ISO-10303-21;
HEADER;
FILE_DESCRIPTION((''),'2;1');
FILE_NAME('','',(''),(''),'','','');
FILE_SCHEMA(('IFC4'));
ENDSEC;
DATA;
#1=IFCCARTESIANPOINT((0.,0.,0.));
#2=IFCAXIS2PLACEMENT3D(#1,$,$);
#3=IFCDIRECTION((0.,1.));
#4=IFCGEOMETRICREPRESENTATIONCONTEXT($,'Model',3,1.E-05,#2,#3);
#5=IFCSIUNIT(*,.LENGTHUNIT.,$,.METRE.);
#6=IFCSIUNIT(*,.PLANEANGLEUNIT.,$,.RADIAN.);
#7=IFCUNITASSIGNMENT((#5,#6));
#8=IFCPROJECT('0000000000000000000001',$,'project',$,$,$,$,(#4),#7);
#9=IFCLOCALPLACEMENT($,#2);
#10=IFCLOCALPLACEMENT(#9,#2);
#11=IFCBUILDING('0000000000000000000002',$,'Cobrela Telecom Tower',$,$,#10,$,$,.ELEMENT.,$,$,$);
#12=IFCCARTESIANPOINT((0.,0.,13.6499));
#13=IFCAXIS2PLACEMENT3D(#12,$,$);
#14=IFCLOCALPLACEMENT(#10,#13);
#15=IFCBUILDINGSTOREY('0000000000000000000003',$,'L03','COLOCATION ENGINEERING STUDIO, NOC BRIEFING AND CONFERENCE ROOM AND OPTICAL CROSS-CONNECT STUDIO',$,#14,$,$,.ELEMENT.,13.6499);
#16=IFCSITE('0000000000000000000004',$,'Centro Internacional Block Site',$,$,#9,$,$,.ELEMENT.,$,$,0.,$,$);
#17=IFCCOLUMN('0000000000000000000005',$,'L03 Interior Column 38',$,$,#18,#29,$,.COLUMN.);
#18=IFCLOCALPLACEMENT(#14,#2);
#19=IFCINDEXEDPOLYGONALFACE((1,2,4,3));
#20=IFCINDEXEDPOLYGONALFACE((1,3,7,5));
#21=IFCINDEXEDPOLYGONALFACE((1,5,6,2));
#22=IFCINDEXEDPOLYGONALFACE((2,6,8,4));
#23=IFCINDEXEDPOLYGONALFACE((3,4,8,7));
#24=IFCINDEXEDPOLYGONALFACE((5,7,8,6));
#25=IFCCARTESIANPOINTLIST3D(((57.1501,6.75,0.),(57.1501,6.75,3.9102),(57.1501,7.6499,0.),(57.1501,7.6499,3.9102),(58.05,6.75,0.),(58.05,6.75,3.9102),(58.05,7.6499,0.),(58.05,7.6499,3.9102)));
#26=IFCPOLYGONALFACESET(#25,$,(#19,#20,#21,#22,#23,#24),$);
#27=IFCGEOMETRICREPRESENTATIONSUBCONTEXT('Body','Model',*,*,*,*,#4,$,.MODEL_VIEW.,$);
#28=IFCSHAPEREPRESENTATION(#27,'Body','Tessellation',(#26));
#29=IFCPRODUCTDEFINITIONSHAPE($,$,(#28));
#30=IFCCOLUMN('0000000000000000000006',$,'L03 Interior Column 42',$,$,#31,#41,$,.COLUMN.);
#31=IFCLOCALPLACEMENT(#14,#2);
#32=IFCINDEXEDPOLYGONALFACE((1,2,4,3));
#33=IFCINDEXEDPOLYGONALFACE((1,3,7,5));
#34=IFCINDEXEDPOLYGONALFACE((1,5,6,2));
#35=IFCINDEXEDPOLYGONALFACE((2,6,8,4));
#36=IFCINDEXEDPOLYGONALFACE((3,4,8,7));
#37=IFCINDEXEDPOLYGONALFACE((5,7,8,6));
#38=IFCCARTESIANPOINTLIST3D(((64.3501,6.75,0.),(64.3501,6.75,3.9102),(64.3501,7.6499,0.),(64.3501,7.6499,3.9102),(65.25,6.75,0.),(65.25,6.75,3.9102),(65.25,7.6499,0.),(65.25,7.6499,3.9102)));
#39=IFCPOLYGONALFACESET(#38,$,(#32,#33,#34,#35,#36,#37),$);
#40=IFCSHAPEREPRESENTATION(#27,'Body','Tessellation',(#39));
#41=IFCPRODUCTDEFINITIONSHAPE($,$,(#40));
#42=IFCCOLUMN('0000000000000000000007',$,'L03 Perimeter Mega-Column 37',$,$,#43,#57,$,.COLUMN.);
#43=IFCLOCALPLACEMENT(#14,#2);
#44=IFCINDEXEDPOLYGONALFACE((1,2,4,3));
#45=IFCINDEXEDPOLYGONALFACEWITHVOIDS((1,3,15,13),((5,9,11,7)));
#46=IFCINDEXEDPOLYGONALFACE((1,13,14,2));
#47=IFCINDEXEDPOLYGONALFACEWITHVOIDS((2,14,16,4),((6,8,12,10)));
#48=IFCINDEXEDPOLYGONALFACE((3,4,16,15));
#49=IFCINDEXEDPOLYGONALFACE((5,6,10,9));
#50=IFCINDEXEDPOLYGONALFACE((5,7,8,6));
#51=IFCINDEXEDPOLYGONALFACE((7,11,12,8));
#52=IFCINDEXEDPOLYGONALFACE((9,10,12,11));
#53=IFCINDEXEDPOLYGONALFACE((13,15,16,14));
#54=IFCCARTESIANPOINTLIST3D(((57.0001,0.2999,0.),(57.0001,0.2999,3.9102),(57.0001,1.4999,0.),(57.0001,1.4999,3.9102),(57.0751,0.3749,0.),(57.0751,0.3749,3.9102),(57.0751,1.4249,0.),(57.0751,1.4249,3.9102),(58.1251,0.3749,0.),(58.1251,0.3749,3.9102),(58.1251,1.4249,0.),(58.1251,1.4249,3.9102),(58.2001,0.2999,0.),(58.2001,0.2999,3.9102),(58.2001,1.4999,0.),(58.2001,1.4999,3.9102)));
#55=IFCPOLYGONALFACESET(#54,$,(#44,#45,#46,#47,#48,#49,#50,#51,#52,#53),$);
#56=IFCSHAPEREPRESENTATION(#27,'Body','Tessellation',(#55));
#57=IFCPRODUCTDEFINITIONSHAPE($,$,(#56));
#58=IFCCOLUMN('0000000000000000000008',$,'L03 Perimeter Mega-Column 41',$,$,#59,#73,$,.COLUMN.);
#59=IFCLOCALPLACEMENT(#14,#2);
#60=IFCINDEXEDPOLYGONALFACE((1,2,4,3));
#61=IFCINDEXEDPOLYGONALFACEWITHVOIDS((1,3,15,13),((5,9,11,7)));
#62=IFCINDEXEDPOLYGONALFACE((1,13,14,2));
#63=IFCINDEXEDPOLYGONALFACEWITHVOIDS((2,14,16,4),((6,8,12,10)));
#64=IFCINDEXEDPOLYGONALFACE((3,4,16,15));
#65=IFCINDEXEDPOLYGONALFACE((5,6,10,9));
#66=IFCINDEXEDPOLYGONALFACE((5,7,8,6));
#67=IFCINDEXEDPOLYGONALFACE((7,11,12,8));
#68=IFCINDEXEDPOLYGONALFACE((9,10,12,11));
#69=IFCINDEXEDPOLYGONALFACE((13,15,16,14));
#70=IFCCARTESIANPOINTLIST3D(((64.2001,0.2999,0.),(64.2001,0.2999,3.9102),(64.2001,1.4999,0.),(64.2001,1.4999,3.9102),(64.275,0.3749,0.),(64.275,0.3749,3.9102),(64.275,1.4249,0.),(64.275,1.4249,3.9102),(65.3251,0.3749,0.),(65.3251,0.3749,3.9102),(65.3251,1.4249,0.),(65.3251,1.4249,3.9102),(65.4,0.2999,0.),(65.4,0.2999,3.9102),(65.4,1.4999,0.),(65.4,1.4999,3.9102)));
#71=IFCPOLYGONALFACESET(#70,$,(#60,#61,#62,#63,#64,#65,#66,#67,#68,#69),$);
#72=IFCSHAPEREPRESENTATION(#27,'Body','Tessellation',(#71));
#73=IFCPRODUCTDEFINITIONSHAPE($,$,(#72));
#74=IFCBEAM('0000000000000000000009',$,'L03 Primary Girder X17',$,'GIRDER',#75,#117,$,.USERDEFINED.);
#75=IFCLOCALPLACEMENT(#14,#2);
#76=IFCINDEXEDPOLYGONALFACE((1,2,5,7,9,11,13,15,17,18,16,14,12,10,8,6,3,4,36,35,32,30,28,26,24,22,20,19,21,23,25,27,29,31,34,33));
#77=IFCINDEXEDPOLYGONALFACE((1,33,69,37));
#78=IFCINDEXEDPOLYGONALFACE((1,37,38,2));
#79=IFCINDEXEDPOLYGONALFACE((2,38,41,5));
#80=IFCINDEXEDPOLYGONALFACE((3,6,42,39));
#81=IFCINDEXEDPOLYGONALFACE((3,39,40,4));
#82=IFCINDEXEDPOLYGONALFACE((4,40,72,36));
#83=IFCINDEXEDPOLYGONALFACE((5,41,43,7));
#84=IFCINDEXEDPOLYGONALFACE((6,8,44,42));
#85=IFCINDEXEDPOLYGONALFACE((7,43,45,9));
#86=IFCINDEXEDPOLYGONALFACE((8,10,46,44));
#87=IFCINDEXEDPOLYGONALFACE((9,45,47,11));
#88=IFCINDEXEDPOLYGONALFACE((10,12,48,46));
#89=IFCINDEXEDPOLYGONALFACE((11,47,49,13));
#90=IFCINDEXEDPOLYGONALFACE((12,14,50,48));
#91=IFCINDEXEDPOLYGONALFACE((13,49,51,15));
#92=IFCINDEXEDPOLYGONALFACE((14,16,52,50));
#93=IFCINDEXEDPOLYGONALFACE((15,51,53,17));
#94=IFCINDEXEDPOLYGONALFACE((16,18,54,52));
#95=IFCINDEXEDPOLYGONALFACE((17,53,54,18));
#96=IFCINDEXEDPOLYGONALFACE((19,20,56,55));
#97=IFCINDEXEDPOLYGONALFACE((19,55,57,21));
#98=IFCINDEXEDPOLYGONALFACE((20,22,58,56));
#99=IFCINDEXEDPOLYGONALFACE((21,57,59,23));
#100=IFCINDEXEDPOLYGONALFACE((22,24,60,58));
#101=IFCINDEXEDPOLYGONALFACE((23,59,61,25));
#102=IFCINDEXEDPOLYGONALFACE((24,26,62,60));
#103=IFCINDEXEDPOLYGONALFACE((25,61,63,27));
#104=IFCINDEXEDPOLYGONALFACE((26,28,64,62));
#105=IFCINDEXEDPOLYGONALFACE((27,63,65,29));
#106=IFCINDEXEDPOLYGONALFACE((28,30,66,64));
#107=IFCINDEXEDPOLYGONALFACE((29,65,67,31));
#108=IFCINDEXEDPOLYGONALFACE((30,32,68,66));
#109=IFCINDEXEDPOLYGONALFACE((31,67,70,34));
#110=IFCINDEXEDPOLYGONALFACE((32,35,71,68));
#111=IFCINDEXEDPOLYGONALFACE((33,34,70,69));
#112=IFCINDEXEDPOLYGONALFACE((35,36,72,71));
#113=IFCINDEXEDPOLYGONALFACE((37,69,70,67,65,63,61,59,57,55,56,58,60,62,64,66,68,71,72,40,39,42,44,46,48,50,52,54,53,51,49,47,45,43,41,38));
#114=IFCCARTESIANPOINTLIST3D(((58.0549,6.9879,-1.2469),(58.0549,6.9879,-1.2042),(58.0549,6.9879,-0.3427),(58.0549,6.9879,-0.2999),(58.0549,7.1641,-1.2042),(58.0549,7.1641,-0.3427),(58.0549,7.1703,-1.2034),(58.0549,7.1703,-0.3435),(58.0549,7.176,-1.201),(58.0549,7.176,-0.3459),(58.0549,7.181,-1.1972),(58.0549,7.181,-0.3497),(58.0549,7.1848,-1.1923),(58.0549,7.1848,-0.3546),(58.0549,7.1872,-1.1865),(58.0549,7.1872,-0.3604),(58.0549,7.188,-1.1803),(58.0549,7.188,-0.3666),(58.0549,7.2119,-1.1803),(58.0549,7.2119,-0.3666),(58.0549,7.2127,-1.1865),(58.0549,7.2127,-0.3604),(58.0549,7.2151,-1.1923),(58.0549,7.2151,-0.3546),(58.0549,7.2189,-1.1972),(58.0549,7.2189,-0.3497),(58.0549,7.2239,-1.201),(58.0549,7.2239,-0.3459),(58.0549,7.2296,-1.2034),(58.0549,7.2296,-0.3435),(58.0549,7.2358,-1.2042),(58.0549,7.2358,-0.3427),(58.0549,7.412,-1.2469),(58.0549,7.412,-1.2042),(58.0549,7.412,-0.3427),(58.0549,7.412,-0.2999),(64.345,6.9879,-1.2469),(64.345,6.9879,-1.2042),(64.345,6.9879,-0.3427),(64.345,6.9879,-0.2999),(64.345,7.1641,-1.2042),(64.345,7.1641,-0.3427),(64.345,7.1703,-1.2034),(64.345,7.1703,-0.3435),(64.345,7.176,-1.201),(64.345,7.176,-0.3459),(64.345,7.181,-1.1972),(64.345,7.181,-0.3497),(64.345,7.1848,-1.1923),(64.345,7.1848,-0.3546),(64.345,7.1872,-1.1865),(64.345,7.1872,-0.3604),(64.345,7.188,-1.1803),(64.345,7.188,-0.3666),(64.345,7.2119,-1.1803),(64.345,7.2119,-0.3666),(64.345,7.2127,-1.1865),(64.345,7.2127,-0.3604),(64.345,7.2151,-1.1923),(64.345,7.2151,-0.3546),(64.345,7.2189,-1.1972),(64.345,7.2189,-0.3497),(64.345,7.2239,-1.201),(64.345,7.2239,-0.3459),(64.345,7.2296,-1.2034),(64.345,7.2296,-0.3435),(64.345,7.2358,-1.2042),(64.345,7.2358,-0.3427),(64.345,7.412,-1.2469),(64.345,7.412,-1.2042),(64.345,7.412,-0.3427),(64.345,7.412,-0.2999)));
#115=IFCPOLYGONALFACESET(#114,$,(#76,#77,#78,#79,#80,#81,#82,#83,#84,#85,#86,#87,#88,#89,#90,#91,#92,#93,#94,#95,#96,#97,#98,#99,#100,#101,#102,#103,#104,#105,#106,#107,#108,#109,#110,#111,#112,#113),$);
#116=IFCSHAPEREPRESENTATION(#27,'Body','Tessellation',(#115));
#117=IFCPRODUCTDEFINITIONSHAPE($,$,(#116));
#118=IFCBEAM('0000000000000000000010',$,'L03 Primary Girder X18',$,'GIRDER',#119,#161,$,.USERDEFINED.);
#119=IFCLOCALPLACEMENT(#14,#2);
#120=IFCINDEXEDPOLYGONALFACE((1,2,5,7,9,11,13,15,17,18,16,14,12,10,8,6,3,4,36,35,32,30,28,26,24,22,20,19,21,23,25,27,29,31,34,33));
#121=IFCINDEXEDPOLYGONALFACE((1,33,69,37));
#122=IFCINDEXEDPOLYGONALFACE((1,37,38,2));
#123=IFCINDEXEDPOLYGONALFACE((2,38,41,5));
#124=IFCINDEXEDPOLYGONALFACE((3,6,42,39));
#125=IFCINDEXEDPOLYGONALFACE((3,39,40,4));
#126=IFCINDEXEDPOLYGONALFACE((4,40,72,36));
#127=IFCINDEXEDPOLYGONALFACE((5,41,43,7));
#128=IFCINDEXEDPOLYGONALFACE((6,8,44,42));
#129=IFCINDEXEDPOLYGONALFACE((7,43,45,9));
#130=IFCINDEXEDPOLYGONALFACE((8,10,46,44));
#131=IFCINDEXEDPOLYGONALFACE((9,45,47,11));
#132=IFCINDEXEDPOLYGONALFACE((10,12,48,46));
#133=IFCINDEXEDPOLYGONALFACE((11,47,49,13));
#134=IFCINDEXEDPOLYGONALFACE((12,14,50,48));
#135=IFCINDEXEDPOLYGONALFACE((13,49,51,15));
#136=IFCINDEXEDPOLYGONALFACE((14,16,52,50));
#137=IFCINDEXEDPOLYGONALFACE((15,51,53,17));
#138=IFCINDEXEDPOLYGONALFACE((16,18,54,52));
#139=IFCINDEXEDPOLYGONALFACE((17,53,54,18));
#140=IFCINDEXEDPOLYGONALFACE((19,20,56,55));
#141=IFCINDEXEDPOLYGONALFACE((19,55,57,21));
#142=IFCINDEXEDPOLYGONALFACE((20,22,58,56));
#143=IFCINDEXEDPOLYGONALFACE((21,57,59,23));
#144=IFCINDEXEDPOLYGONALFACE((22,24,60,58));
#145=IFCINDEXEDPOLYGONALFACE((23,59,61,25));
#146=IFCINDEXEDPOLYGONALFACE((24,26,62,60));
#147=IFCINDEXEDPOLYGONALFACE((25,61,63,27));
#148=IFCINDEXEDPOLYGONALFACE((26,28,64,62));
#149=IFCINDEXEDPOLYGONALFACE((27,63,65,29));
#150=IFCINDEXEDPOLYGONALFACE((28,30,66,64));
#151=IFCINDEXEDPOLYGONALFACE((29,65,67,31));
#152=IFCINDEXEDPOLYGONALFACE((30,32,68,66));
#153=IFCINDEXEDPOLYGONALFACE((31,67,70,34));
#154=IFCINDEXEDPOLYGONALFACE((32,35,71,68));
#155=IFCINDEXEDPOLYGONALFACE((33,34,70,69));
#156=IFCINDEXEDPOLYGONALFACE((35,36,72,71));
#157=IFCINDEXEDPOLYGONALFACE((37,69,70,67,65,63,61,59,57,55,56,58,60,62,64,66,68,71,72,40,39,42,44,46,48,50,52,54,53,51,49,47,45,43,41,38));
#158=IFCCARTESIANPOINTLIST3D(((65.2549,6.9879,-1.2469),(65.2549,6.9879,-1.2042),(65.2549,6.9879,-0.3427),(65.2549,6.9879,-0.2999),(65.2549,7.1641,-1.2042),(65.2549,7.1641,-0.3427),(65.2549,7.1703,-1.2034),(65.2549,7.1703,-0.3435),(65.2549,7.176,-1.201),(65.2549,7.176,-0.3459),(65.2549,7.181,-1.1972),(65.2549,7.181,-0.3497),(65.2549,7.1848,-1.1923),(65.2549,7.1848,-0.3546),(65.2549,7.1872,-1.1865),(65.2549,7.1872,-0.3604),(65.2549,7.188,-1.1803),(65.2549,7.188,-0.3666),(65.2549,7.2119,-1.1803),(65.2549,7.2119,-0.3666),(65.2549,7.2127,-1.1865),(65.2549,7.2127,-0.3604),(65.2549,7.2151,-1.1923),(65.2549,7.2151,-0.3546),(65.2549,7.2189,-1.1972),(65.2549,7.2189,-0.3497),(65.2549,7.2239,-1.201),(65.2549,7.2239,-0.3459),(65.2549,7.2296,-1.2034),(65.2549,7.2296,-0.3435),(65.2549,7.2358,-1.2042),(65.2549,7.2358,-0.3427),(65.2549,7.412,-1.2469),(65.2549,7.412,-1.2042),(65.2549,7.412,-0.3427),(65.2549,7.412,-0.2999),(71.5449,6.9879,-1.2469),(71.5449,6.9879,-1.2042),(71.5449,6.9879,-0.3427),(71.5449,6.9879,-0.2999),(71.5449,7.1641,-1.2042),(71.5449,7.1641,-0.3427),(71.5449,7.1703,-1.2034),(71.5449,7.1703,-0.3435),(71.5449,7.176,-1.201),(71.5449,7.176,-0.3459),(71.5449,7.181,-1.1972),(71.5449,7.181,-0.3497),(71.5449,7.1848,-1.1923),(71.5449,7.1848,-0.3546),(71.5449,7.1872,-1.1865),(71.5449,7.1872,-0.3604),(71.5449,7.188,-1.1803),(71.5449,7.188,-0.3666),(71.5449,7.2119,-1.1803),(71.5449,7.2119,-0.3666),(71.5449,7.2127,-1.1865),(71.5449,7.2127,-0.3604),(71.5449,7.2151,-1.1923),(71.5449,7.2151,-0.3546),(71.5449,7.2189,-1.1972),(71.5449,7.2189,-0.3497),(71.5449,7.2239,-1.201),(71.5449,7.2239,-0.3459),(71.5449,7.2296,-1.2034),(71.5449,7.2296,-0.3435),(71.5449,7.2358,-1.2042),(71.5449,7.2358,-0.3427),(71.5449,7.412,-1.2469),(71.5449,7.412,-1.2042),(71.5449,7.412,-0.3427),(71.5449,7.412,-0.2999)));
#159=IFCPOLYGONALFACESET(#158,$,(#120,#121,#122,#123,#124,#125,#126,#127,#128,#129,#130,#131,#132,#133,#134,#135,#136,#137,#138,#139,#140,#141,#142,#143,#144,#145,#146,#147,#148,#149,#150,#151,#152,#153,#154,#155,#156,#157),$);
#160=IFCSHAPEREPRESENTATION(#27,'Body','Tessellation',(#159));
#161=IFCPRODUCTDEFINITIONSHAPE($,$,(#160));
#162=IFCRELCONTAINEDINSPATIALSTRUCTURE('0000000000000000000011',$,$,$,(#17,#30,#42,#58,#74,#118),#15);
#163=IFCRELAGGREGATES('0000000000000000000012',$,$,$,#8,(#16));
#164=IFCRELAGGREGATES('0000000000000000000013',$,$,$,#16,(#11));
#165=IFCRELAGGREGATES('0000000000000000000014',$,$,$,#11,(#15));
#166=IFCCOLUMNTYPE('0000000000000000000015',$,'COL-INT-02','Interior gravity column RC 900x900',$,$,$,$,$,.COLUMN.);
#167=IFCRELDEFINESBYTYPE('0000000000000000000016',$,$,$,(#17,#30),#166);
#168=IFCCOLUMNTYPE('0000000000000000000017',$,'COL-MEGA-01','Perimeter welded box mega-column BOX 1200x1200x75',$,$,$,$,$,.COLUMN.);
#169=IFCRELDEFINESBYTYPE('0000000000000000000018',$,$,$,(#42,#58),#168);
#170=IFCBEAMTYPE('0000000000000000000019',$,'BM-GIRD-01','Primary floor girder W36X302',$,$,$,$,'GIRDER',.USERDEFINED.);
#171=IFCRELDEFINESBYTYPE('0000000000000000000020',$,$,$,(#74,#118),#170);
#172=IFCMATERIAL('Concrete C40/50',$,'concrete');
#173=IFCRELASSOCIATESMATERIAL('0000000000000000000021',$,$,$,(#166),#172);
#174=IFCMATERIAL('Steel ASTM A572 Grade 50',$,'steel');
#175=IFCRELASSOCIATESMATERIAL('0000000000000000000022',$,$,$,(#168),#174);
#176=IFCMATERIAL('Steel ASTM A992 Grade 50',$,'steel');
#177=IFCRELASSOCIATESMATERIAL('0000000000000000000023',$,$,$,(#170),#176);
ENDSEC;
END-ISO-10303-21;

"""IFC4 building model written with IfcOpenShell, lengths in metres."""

from ifc_helpers import new_model, si_unit, direction, frame, origin, origin_2d, place, context, subcontext, project, spatial, rectangle, hollow_rectangle, i_section, extrude, material, material_profile, profile_set, type_object, element, save


model = new_model("IFC4")

# Units and contexts
model_context = context("Model", 3, precision=1e-05, world=origin(), true_north=direction((0.0, 1.0)))
body_context = subcontext(model_context, "Body", "Model", "MODEL_VIEW")
ifc_project = project(units=[si_unit("LENGTHUNIT", "METRE"), si_unit("PLANEANGLEUNIT", "RADIAN")], contexts=[model_context])

# Site, building, storey
site_placement = place(None, origin())
site = spatial("IfcSite", under=ifc_project, at=site_placement, Name="Centro Internacional Block Site", CompositionType="ELEMENT", RefElevation=0.0)
building_placement = place(site_placement, origin())
building = spatial("IfcBuilding", under=site, at=building_placement, Name="Cobrela Telecom Tower", CompositionType="ELEMENT")
storey_placement = place(building_placement, frame((0.0, 0.0, 13.6499)))
storey = spatial("IfcBuildingStorey", under=building, at=storey_placement, Name="L03", Description="COLOCATION ENGINEERING STUDIO, NOC BRIEFING AND CONFERENCE ROOM AND OPTICAL CROSS-CONNECT STUDIO", CompositionType="ELEMENT", Elevation=13.6499)

# Columns
ifc_material_1 = material(Name="Concrete C40/50", Category="concrete")
ifc_material_profile_1 = material_profile(ifc_material_1, rectangle(XDim=0.8999, YDim=0.8999, at=origin_2d()), Name="RC 900x900")
ifc_profile_set_1 = profile_set([ifc_material_profile_1], Name="Concrete C40/50")
column_type_1 = type_object("IfcColumnType", Name="COL-INT-02", Description="Interior gravity column RC 900x900", PredefinedType="COLUMN", material=ifc_profile_set_1)
for number, where, z_axis, x_axis, name in (
    (1, (57.6001, 7.2, 0.0), (0.0, 0.0, 1.0), (1.0, 0.0, 0.0), "L03 Interior Column 38"),
    (2, (64.8, 7.2, 0.0), (0.0, 0.0, 1.0), (1.0, 0.0, 0.0), "L03 Interior Column 42"),
):
    element("IfcColumn", number, at=place(storey_placement, frame(where, z_axis=z_axis, x_axis=x_axis)), inside=storey, type_object=column_type_1, Name=name, PredefinedType="COLUMN", context=body_context, shape_type="SweptSolid", body=[
        extrude(rectangle(XDim=0.8999, YDim=0.8999, at=origin_2d()), origin(), (0.0, 0.0, 1.0), 3.9102),
    ])
ifc_material_2 = material(Name="Steel ASTM A572 Grade 50", Category="steel")
ifc_material_profile_2 = material_profile(ifc_material_2, hollow_rectangle(XDim=1.2, YDim=1.2, WallThickness=0.075, at=origin_2d()), Name="BOX 1200x1200x75")
ifc_profile_set_2 = profile_set([ifc_material_profile_2], Name="Steel ASTM A572 Grade 50")
column_type_2 = type_object("IfcColumnType", Name="COL-MEGA-01", Description="Perimeter welded box mega-column BOX 1200x1200x75", PredefinedType="COLUMN", material=ifc_profile_set_2)
for number, where, z_axis, x_axis, name in (
    (3, (57.6001, 0.8999, 0.0), (0.0, 0.0, 1.0), (1.0, 0.0, 0.0), "L03 Perimeter Mega-Column 37"),
    (4, (64.8, 0.8999, 0.0), (0.0, 0.0, 1.0), (1.0, 0.0, 0.0), "L03 Perimeter Mega-Column 41"),
):
    element("IfcColumn", number, at=place(storey_placement, frame(where, z_axis=z_axis, x_axis=x_axis)), inside=storey, type_object=column_type_2, Name=name, PredefinedType="COLUMN", context=body_context, shape_type="SweptSolid", body=[
        extrude(hollow_rectangle(XDim=1.2, YDim=1.2, WallThickness=0.075, at=origin_2d()), origin(), (0.0, 0.0, 1.0), 3.9102),
    ])

# Beams
ifc_material_3 = material(Name="Steel ASTM A992 Grade 50", Category="steel")
ifc_material_profile_3 = material_profile(ifc_material_3, i_section(OverallWidth=0.4241, OverallDepth=0.947, WebThickness=0.0239, FlangeThickness=0.0427, FilletRadius=0.0239, at=origin_2d()), Name="W36X302")
ifc_profile_set_3 = profile_set([ifc_material_profile_3], Name="Steel ASTM A992 Grade 50")
beam_type_1 = type_object("IfcBeamType", Name="BM-GIRD-01", Description="Primary floor girder W36X302", ElementType="GIRDER", PredefinedType="USERDEFINED", material=ifc_profile_set_3)
for number, where, z_axis, x_axis, name in (
    (5, (58.0549, 7.2, -0.7734), (1.0, 0.0, 0.0), (0.0, 1.0, 0.0), "L03 Primary Girder X17"),
    (6, (65.2549, 7.2, -0.7734), (1.0, 0.0, 0.0), (0.0, 1.0, 0.0), "L03 Primary Girder X18"),
):
    element("IfcBeam", number, at=place(storey_placement, frame(where, z_axis=z_axis, x_axis=x_axis)), inside=storey, type_object=beam_type_1, Name=name, ObjectType="GIRDER", PredefinedType="USERDEFINED", context=body_context, shape_type="SweptSolid", body=[
        extrude(i_section(OverallWidth=0.4241, OverallDepth=0.947, WebThickness=0.0239, FlangeThickness=0.0427, FilletRadius=0.0239, at=origin_2d()), origin(), (0.0, 0.0, 1.0), 6.29),
    ])

save(model, "model.ifc")
